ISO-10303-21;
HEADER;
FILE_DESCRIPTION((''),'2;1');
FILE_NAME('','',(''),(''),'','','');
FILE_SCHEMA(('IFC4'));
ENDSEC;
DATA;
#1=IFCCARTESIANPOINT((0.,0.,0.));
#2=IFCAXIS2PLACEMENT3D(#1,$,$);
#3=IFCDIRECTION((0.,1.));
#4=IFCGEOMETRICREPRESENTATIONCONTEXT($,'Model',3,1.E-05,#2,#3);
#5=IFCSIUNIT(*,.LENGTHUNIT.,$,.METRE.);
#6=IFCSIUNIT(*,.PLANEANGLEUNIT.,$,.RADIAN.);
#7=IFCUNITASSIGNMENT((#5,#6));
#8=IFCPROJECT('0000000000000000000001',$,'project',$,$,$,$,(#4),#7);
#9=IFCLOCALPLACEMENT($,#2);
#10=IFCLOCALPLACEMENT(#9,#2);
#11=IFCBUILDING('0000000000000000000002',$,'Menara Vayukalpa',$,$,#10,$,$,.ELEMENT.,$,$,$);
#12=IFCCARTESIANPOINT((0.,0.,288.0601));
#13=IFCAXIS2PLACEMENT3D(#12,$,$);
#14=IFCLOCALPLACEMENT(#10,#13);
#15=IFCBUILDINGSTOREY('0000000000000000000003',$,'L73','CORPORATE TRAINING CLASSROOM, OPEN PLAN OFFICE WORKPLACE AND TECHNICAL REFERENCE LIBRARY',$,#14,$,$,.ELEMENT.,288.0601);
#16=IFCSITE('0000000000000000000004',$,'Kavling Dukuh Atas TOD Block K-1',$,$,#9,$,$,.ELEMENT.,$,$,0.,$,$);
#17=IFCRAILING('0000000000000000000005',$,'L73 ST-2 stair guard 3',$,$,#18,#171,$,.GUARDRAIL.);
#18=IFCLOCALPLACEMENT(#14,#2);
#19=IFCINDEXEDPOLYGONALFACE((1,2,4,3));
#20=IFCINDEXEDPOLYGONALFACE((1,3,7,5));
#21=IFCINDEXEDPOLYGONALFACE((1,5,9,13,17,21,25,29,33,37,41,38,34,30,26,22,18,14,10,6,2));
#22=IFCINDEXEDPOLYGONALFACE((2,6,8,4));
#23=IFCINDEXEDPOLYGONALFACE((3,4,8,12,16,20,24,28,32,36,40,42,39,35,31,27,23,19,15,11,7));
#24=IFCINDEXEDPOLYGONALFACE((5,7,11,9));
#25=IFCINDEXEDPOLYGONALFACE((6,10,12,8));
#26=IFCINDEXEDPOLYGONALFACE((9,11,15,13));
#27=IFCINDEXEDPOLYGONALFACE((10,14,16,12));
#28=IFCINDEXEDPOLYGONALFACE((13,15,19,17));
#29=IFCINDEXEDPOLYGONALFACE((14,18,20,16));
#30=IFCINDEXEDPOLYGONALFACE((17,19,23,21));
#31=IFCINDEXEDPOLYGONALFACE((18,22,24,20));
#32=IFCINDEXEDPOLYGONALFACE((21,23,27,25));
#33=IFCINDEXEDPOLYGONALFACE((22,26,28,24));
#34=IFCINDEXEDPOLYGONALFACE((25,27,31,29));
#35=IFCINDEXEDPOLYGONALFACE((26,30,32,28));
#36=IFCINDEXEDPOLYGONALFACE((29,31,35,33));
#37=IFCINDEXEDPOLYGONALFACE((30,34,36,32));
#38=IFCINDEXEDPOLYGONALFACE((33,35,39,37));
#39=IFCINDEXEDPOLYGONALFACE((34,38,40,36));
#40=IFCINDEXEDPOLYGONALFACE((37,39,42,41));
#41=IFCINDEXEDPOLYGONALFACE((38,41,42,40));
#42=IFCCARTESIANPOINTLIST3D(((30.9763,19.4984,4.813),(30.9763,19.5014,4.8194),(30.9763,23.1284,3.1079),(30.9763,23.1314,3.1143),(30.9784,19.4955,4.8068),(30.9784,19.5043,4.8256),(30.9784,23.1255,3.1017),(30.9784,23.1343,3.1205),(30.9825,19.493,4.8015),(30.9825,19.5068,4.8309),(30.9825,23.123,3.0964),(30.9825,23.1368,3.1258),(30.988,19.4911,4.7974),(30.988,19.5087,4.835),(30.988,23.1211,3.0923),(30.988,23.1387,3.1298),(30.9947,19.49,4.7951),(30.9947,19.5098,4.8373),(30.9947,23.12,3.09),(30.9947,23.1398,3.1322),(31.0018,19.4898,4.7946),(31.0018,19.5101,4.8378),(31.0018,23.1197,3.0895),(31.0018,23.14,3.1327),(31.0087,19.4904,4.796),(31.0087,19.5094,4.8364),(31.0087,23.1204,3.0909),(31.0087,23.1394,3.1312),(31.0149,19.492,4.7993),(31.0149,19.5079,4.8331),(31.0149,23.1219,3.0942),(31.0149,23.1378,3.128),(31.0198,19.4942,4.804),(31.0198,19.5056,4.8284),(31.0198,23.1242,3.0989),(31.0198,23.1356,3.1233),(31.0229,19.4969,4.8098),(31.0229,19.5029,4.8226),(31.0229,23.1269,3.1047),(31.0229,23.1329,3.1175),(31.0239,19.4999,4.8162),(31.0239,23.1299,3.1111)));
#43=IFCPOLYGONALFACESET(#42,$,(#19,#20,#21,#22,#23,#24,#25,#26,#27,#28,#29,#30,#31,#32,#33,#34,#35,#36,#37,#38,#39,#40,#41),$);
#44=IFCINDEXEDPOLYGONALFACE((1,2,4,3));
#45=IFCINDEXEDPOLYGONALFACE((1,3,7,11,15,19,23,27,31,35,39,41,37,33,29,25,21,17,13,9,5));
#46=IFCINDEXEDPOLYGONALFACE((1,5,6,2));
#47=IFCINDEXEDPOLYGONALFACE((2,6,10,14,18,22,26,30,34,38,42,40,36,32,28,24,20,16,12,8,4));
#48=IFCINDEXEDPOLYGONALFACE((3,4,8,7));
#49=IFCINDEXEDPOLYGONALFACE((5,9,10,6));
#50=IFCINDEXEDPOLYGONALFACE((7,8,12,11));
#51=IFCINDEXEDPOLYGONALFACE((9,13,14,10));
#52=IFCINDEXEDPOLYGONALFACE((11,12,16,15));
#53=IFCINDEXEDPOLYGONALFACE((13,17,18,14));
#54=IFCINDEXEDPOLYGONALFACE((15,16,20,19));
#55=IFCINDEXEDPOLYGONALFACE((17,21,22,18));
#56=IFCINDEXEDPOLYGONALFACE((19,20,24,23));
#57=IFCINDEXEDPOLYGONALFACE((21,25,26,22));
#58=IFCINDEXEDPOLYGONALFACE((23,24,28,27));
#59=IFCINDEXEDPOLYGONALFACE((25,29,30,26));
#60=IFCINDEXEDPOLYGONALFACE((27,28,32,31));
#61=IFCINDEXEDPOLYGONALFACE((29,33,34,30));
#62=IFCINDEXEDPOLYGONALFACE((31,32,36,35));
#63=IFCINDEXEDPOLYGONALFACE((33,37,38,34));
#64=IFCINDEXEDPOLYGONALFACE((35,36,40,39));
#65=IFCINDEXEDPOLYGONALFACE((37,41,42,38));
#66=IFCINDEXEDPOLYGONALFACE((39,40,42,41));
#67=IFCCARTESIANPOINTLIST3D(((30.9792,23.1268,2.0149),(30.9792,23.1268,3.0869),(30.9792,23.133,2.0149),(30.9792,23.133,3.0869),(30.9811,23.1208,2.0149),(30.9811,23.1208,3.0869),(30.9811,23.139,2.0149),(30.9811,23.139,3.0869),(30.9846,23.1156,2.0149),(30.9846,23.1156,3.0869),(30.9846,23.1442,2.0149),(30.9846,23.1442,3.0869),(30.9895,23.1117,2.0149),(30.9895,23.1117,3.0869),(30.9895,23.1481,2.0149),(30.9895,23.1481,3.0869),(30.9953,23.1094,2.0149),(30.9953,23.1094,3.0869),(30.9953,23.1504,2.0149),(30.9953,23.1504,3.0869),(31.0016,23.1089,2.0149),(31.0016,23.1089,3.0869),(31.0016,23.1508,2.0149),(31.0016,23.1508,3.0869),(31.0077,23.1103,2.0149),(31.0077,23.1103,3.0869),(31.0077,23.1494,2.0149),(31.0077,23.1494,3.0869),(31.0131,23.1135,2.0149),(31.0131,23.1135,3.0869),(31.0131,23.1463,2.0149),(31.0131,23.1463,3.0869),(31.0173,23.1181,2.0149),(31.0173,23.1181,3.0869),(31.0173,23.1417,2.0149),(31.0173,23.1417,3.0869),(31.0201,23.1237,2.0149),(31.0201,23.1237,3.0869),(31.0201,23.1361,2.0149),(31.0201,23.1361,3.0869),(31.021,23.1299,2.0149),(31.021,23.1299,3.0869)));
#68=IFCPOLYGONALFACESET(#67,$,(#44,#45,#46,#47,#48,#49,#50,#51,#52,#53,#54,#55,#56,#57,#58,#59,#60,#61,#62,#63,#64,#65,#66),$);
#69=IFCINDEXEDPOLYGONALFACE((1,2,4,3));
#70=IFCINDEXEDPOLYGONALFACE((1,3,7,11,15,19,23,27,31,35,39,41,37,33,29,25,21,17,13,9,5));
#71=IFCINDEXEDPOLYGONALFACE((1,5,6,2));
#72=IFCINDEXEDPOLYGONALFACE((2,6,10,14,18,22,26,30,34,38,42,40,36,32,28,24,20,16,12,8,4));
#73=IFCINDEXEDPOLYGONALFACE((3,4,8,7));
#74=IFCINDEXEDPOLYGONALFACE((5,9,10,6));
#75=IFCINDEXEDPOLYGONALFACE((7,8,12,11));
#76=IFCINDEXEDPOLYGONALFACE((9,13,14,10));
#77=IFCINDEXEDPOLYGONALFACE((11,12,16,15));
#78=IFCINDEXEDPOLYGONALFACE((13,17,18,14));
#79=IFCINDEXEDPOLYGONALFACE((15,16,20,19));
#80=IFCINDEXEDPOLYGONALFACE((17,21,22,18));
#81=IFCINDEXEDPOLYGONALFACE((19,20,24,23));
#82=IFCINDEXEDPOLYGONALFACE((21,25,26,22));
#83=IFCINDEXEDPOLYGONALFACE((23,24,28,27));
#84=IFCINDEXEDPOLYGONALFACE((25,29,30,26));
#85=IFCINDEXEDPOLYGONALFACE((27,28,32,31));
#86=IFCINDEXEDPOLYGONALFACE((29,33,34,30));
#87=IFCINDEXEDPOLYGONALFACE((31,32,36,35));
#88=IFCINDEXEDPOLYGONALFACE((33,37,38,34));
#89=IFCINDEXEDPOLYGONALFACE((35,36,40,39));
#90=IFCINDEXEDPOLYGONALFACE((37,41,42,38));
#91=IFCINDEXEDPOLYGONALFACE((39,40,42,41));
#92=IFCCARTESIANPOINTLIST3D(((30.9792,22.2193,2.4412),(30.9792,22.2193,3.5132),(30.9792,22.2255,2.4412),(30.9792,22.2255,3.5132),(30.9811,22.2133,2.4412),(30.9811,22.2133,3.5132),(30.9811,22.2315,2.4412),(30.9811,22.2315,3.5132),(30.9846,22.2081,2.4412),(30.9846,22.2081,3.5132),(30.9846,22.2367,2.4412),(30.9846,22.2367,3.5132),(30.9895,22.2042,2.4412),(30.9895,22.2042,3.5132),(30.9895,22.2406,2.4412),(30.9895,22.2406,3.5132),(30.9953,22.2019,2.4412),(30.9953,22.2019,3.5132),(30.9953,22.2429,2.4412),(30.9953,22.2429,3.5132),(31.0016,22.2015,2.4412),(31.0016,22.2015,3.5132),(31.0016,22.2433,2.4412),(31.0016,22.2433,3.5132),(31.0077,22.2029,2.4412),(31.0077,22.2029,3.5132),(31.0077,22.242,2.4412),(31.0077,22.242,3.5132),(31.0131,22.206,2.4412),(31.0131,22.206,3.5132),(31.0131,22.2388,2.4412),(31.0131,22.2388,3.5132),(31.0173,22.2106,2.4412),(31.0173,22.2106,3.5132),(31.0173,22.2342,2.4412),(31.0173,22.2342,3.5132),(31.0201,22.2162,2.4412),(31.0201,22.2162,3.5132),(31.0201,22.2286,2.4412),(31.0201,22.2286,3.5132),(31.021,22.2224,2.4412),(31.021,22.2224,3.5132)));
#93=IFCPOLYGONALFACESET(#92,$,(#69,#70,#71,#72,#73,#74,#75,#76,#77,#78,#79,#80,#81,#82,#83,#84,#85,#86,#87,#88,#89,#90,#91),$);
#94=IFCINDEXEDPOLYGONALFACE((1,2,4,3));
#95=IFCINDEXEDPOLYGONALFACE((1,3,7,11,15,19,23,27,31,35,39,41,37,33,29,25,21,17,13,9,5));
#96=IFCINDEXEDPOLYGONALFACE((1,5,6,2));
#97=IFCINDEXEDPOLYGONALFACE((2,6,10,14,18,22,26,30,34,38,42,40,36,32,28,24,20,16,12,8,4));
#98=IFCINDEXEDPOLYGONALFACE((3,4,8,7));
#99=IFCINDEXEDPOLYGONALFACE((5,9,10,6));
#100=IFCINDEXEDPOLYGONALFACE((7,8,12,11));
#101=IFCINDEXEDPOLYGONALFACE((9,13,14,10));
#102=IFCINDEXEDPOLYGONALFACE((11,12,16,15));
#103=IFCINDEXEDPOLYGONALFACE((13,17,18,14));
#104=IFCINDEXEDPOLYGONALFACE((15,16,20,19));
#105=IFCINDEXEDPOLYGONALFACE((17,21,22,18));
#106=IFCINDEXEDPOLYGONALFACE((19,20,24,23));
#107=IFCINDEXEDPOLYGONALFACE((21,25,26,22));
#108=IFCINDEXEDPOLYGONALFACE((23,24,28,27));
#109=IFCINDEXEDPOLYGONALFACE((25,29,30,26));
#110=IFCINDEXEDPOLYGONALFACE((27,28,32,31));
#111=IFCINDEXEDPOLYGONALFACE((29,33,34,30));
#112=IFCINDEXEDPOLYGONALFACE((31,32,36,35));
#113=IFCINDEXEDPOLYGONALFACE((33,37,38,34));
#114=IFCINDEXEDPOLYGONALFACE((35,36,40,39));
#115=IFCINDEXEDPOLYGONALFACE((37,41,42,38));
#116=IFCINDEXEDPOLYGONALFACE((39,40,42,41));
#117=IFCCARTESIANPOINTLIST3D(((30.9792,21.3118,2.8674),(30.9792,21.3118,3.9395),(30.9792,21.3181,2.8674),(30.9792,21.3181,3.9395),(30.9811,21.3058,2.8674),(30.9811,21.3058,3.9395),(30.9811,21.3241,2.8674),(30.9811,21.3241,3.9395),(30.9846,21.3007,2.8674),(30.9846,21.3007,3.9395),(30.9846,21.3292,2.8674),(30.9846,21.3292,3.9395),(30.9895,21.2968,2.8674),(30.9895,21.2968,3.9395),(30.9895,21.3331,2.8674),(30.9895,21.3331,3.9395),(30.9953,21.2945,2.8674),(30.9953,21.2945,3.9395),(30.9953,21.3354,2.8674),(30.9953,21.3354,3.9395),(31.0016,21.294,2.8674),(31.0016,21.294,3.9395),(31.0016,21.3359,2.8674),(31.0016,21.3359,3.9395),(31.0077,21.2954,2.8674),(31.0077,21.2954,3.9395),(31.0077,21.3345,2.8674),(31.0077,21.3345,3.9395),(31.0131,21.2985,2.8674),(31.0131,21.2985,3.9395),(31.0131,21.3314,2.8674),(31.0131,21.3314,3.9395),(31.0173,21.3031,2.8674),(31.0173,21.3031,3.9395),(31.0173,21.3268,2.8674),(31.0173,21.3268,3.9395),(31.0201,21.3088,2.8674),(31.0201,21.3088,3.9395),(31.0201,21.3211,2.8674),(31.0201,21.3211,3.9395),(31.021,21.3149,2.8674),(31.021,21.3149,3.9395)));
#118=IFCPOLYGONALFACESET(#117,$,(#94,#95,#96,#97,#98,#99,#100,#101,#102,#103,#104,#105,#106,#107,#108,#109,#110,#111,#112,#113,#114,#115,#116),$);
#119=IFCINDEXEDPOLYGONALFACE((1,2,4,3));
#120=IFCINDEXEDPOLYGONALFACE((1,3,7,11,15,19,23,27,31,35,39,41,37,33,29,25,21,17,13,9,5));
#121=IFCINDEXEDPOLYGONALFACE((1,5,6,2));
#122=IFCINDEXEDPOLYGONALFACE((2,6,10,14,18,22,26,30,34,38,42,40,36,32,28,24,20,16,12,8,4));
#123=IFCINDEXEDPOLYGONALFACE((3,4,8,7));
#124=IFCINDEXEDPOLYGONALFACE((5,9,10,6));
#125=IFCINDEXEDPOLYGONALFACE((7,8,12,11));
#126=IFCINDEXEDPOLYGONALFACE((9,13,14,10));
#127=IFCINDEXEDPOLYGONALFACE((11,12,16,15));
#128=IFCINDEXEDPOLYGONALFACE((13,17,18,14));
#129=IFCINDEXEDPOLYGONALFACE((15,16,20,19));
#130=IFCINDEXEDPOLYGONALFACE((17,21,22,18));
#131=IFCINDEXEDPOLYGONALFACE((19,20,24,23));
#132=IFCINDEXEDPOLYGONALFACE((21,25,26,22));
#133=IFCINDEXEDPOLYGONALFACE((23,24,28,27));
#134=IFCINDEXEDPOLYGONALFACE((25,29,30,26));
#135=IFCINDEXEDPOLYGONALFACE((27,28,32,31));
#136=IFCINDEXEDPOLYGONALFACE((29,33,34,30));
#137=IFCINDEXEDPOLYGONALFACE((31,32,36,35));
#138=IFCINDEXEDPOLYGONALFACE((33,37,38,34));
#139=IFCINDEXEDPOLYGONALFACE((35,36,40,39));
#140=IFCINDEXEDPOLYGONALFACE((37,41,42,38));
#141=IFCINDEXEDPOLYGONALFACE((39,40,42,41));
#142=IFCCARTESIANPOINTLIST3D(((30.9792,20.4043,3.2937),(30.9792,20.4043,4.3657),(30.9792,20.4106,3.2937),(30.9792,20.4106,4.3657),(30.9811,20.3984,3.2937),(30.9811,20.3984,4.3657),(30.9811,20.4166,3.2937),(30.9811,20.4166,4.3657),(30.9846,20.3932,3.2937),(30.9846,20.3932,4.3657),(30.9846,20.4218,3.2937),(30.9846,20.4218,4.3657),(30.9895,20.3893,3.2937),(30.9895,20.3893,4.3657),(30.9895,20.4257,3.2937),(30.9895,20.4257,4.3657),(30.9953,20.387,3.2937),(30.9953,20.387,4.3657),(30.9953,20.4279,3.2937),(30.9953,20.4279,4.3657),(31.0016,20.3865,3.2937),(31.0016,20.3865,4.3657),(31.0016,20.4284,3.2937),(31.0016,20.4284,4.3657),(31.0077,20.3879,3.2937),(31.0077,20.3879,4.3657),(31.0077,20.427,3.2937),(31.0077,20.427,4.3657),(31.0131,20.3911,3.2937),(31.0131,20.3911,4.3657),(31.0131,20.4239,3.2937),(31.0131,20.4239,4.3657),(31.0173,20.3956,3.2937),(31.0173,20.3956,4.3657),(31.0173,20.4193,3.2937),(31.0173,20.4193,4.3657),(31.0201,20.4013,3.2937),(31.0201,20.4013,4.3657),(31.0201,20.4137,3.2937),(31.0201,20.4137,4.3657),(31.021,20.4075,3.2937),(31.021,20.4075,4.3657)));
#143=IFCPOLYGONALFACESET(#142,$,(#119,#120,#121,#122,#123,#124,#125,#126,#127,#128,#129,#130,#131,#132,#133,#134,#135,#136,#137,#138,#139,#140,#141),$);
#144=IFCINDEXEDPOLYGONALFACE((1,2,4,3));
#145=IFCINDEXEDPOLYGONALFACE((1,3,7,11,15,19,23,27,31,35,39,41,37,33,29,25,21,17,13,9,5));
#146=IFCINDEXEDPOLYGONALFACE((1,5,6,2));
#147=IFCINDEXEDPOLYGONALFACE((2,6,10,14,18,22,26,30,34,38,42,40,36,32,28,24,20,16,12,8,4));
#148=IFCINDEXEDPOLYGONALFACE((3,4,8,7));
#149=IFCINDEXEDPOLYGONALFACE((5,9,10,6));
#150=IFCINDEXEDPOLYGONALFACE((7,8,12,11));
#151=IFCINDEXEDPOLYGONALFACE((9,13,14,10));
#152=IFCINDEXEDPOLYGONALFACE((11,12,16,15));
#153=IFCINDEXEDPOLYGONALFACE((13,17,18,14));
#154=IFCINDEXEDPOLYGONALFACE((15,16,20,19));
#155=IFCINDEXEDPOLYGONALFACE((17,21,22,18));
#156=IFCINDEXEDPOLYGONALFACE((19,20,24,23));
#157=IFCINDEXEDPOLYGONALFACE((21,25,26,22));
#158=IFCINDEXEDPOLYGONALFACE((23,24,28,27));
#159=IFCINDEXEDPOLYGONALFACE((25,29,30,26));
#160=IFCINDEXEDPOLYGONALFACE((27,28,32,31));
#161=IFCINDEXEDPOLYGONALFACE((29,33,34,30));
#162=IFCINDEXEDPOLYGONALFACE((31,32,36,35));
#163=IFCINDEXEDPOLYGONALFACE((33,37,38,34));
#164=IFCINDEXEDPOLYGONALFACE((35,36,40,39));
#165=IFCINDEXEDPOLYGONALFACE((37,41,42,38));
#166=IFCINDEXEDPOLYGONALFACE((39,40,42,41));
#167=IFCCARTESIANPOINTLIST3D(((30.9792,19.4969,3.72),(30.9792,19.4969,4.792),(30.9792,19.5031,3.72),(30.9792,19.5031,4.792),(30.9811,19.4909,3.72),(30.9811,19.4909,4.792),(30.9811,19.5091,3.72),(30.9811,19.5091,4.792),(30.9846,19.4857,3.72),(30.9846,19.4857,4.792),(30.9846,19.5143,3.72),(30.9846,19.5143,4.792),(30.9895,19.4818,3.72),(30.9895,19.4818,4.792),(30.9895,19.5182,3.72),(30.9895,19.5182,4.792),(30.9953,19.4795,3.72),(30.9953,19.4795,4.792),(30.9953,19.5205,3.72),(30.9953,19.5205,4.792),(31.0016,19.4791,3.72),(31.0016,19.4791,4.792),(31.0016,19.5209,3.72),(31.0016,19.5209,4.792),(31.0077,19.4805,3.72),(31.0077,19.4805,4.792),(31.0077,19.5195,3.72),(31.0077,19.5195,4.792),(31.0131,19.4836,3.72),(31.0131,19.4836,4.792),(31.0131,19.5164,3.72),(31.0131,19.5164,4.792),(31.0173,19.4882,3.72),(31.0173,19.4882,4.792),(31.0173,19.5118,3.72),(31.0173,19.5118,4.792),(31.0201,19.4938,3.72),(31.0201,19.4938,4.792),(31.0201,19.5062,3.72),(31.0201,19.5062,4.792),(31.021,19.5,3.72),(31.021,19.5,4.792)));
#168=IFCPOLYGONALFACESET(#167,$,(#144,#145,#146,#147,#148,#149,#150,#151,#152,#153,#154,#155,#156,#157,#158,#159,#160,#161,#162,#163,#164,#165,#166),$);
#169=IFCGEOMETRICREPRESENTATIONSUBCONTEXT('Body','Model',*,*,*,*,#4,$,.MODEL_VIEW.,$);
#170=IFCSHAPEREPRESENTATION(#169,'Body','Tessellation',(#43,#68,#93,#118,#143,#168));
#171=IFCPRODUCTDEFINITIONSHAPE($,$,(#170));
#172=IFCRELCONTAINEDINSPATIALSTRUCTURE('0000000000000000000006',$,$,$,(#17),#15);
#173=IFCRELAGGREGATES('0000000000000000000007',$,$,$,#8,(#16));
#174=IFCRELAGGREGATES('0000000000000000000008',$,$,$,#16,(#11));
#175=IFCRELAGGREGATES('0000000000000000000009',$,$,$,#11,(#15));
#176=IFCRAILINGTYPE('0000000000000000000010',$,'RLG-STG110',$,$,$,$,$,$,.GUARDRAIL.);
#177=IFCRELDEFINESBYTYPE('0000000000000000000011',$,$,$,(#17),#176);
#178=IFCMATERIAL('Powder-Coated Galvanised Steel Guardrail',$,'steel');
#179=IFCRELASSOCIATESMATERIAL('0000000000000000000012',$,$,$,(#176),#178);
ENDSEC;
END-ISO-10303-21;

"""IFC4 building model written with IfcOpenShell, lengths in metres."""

from ifc_helpers import new_model, si_unit, direction, frame, origin, origin_2d, place, context, subcontext, project, spatial, circle, extrude, material, type_object, element, save


model = new_model("IFC4")

# Units and contexts
model_context = context("Model", 3, precision=1e-05, world=origin(), true_north=direction((0.0, 1.0)))
body_context = subcontext(model_context, "Body", "Model", "MODEL_VIEW")
ifc_project = project(units=[si_unit("LENGTHUNIT", "METRE"), si_unit("PLANEANGLEUNIT", "RADIAN")], contexts=[model_context])

# Site, building, storey
site_placement = place(None, origin())
site = spatial("IfcSite", under=ifc_project, at=site_placement, Name="Kavling Dukuh Atas TOD Block K-1", CompositionType="ELEMENT", RefElevation=0.0)
building_placement = place(site_placement, origin())
building = spatial("IfcBuilding", under=site, at=building_placement, Name="Menara Vayukalpa", CompositionType="ELEMENT")
storey_placement = place(building_placement, frame((0.0, 0.0, 288.0601)))
storey = spatial("IfcBuildingStorey", under=building, at=storey_placement, Name="L73", Description="CORPORATE TRAINING CLASSROOM, OPEN PLAN OFFICE WORKPLACE AND TECHNICAL REFERENCE LIBRARY", CompositionType="ELEMENT", Elevation=288.0601)

# Railing
ifc_material_1 = material(Name="Powder-Coated Galvanised Steel Guardrail", Category="steel")
railing_type_1 = type_object("IfcRailingType", Name="RLG-STG110", PredefinedType="GUARDRAIL", material=ifc_material_1)
railing_1_placement = place(storey_placement, frame((31.0, 23.1299, 2.0149)))
element("IfcRailing", 1, at=railing_1_placement, inside=storey, type_object=railing_type_1, Name="L73 ST-2 stair guard 3", PredefinedType="GUARDRAIL", context=body_context, shape_type="SweptSolid", body=[
    extrude(circle(Radius=0.0239, at=origin_2d()), frame((0.0, 0.0, 1.0962), z_axis=(0.0, -0.905116, 0.425164), x_axis=(1.0, 0.0, 0.0)), (0.0, 0.0, 1.0), 4.0105),
    extrude(circle(Radius=0.021, at=origin_2d()), origin(), (0.0, 0.0, 1.0), 1.072),
    extrude(circle(Radius=0.021, at=origin_2d()), frame((0.0, -0.9075, 0.4263)), (0.0, 0.0, 1.0), 1.072),
    extrude(circle(Radius=0.021, at=origin_2d()), frame((0.0, -1.8149, 0.8525)), (0.0, 0.0, 1.0), 1.072),
    extrude(circle(Radius=0.021, at=origin_2d()), frame((0.0, -2.7224, 1.2788)), (0.0, 0.0, 1.0), 1.072),
    extrude(circle(Radius=0.021, at=origin_2d()), frame((0.0, -3.6299, 1.7051)), (0.0, 0.0, 1.0), 1.072),
])

save(model, "model.ifc")
